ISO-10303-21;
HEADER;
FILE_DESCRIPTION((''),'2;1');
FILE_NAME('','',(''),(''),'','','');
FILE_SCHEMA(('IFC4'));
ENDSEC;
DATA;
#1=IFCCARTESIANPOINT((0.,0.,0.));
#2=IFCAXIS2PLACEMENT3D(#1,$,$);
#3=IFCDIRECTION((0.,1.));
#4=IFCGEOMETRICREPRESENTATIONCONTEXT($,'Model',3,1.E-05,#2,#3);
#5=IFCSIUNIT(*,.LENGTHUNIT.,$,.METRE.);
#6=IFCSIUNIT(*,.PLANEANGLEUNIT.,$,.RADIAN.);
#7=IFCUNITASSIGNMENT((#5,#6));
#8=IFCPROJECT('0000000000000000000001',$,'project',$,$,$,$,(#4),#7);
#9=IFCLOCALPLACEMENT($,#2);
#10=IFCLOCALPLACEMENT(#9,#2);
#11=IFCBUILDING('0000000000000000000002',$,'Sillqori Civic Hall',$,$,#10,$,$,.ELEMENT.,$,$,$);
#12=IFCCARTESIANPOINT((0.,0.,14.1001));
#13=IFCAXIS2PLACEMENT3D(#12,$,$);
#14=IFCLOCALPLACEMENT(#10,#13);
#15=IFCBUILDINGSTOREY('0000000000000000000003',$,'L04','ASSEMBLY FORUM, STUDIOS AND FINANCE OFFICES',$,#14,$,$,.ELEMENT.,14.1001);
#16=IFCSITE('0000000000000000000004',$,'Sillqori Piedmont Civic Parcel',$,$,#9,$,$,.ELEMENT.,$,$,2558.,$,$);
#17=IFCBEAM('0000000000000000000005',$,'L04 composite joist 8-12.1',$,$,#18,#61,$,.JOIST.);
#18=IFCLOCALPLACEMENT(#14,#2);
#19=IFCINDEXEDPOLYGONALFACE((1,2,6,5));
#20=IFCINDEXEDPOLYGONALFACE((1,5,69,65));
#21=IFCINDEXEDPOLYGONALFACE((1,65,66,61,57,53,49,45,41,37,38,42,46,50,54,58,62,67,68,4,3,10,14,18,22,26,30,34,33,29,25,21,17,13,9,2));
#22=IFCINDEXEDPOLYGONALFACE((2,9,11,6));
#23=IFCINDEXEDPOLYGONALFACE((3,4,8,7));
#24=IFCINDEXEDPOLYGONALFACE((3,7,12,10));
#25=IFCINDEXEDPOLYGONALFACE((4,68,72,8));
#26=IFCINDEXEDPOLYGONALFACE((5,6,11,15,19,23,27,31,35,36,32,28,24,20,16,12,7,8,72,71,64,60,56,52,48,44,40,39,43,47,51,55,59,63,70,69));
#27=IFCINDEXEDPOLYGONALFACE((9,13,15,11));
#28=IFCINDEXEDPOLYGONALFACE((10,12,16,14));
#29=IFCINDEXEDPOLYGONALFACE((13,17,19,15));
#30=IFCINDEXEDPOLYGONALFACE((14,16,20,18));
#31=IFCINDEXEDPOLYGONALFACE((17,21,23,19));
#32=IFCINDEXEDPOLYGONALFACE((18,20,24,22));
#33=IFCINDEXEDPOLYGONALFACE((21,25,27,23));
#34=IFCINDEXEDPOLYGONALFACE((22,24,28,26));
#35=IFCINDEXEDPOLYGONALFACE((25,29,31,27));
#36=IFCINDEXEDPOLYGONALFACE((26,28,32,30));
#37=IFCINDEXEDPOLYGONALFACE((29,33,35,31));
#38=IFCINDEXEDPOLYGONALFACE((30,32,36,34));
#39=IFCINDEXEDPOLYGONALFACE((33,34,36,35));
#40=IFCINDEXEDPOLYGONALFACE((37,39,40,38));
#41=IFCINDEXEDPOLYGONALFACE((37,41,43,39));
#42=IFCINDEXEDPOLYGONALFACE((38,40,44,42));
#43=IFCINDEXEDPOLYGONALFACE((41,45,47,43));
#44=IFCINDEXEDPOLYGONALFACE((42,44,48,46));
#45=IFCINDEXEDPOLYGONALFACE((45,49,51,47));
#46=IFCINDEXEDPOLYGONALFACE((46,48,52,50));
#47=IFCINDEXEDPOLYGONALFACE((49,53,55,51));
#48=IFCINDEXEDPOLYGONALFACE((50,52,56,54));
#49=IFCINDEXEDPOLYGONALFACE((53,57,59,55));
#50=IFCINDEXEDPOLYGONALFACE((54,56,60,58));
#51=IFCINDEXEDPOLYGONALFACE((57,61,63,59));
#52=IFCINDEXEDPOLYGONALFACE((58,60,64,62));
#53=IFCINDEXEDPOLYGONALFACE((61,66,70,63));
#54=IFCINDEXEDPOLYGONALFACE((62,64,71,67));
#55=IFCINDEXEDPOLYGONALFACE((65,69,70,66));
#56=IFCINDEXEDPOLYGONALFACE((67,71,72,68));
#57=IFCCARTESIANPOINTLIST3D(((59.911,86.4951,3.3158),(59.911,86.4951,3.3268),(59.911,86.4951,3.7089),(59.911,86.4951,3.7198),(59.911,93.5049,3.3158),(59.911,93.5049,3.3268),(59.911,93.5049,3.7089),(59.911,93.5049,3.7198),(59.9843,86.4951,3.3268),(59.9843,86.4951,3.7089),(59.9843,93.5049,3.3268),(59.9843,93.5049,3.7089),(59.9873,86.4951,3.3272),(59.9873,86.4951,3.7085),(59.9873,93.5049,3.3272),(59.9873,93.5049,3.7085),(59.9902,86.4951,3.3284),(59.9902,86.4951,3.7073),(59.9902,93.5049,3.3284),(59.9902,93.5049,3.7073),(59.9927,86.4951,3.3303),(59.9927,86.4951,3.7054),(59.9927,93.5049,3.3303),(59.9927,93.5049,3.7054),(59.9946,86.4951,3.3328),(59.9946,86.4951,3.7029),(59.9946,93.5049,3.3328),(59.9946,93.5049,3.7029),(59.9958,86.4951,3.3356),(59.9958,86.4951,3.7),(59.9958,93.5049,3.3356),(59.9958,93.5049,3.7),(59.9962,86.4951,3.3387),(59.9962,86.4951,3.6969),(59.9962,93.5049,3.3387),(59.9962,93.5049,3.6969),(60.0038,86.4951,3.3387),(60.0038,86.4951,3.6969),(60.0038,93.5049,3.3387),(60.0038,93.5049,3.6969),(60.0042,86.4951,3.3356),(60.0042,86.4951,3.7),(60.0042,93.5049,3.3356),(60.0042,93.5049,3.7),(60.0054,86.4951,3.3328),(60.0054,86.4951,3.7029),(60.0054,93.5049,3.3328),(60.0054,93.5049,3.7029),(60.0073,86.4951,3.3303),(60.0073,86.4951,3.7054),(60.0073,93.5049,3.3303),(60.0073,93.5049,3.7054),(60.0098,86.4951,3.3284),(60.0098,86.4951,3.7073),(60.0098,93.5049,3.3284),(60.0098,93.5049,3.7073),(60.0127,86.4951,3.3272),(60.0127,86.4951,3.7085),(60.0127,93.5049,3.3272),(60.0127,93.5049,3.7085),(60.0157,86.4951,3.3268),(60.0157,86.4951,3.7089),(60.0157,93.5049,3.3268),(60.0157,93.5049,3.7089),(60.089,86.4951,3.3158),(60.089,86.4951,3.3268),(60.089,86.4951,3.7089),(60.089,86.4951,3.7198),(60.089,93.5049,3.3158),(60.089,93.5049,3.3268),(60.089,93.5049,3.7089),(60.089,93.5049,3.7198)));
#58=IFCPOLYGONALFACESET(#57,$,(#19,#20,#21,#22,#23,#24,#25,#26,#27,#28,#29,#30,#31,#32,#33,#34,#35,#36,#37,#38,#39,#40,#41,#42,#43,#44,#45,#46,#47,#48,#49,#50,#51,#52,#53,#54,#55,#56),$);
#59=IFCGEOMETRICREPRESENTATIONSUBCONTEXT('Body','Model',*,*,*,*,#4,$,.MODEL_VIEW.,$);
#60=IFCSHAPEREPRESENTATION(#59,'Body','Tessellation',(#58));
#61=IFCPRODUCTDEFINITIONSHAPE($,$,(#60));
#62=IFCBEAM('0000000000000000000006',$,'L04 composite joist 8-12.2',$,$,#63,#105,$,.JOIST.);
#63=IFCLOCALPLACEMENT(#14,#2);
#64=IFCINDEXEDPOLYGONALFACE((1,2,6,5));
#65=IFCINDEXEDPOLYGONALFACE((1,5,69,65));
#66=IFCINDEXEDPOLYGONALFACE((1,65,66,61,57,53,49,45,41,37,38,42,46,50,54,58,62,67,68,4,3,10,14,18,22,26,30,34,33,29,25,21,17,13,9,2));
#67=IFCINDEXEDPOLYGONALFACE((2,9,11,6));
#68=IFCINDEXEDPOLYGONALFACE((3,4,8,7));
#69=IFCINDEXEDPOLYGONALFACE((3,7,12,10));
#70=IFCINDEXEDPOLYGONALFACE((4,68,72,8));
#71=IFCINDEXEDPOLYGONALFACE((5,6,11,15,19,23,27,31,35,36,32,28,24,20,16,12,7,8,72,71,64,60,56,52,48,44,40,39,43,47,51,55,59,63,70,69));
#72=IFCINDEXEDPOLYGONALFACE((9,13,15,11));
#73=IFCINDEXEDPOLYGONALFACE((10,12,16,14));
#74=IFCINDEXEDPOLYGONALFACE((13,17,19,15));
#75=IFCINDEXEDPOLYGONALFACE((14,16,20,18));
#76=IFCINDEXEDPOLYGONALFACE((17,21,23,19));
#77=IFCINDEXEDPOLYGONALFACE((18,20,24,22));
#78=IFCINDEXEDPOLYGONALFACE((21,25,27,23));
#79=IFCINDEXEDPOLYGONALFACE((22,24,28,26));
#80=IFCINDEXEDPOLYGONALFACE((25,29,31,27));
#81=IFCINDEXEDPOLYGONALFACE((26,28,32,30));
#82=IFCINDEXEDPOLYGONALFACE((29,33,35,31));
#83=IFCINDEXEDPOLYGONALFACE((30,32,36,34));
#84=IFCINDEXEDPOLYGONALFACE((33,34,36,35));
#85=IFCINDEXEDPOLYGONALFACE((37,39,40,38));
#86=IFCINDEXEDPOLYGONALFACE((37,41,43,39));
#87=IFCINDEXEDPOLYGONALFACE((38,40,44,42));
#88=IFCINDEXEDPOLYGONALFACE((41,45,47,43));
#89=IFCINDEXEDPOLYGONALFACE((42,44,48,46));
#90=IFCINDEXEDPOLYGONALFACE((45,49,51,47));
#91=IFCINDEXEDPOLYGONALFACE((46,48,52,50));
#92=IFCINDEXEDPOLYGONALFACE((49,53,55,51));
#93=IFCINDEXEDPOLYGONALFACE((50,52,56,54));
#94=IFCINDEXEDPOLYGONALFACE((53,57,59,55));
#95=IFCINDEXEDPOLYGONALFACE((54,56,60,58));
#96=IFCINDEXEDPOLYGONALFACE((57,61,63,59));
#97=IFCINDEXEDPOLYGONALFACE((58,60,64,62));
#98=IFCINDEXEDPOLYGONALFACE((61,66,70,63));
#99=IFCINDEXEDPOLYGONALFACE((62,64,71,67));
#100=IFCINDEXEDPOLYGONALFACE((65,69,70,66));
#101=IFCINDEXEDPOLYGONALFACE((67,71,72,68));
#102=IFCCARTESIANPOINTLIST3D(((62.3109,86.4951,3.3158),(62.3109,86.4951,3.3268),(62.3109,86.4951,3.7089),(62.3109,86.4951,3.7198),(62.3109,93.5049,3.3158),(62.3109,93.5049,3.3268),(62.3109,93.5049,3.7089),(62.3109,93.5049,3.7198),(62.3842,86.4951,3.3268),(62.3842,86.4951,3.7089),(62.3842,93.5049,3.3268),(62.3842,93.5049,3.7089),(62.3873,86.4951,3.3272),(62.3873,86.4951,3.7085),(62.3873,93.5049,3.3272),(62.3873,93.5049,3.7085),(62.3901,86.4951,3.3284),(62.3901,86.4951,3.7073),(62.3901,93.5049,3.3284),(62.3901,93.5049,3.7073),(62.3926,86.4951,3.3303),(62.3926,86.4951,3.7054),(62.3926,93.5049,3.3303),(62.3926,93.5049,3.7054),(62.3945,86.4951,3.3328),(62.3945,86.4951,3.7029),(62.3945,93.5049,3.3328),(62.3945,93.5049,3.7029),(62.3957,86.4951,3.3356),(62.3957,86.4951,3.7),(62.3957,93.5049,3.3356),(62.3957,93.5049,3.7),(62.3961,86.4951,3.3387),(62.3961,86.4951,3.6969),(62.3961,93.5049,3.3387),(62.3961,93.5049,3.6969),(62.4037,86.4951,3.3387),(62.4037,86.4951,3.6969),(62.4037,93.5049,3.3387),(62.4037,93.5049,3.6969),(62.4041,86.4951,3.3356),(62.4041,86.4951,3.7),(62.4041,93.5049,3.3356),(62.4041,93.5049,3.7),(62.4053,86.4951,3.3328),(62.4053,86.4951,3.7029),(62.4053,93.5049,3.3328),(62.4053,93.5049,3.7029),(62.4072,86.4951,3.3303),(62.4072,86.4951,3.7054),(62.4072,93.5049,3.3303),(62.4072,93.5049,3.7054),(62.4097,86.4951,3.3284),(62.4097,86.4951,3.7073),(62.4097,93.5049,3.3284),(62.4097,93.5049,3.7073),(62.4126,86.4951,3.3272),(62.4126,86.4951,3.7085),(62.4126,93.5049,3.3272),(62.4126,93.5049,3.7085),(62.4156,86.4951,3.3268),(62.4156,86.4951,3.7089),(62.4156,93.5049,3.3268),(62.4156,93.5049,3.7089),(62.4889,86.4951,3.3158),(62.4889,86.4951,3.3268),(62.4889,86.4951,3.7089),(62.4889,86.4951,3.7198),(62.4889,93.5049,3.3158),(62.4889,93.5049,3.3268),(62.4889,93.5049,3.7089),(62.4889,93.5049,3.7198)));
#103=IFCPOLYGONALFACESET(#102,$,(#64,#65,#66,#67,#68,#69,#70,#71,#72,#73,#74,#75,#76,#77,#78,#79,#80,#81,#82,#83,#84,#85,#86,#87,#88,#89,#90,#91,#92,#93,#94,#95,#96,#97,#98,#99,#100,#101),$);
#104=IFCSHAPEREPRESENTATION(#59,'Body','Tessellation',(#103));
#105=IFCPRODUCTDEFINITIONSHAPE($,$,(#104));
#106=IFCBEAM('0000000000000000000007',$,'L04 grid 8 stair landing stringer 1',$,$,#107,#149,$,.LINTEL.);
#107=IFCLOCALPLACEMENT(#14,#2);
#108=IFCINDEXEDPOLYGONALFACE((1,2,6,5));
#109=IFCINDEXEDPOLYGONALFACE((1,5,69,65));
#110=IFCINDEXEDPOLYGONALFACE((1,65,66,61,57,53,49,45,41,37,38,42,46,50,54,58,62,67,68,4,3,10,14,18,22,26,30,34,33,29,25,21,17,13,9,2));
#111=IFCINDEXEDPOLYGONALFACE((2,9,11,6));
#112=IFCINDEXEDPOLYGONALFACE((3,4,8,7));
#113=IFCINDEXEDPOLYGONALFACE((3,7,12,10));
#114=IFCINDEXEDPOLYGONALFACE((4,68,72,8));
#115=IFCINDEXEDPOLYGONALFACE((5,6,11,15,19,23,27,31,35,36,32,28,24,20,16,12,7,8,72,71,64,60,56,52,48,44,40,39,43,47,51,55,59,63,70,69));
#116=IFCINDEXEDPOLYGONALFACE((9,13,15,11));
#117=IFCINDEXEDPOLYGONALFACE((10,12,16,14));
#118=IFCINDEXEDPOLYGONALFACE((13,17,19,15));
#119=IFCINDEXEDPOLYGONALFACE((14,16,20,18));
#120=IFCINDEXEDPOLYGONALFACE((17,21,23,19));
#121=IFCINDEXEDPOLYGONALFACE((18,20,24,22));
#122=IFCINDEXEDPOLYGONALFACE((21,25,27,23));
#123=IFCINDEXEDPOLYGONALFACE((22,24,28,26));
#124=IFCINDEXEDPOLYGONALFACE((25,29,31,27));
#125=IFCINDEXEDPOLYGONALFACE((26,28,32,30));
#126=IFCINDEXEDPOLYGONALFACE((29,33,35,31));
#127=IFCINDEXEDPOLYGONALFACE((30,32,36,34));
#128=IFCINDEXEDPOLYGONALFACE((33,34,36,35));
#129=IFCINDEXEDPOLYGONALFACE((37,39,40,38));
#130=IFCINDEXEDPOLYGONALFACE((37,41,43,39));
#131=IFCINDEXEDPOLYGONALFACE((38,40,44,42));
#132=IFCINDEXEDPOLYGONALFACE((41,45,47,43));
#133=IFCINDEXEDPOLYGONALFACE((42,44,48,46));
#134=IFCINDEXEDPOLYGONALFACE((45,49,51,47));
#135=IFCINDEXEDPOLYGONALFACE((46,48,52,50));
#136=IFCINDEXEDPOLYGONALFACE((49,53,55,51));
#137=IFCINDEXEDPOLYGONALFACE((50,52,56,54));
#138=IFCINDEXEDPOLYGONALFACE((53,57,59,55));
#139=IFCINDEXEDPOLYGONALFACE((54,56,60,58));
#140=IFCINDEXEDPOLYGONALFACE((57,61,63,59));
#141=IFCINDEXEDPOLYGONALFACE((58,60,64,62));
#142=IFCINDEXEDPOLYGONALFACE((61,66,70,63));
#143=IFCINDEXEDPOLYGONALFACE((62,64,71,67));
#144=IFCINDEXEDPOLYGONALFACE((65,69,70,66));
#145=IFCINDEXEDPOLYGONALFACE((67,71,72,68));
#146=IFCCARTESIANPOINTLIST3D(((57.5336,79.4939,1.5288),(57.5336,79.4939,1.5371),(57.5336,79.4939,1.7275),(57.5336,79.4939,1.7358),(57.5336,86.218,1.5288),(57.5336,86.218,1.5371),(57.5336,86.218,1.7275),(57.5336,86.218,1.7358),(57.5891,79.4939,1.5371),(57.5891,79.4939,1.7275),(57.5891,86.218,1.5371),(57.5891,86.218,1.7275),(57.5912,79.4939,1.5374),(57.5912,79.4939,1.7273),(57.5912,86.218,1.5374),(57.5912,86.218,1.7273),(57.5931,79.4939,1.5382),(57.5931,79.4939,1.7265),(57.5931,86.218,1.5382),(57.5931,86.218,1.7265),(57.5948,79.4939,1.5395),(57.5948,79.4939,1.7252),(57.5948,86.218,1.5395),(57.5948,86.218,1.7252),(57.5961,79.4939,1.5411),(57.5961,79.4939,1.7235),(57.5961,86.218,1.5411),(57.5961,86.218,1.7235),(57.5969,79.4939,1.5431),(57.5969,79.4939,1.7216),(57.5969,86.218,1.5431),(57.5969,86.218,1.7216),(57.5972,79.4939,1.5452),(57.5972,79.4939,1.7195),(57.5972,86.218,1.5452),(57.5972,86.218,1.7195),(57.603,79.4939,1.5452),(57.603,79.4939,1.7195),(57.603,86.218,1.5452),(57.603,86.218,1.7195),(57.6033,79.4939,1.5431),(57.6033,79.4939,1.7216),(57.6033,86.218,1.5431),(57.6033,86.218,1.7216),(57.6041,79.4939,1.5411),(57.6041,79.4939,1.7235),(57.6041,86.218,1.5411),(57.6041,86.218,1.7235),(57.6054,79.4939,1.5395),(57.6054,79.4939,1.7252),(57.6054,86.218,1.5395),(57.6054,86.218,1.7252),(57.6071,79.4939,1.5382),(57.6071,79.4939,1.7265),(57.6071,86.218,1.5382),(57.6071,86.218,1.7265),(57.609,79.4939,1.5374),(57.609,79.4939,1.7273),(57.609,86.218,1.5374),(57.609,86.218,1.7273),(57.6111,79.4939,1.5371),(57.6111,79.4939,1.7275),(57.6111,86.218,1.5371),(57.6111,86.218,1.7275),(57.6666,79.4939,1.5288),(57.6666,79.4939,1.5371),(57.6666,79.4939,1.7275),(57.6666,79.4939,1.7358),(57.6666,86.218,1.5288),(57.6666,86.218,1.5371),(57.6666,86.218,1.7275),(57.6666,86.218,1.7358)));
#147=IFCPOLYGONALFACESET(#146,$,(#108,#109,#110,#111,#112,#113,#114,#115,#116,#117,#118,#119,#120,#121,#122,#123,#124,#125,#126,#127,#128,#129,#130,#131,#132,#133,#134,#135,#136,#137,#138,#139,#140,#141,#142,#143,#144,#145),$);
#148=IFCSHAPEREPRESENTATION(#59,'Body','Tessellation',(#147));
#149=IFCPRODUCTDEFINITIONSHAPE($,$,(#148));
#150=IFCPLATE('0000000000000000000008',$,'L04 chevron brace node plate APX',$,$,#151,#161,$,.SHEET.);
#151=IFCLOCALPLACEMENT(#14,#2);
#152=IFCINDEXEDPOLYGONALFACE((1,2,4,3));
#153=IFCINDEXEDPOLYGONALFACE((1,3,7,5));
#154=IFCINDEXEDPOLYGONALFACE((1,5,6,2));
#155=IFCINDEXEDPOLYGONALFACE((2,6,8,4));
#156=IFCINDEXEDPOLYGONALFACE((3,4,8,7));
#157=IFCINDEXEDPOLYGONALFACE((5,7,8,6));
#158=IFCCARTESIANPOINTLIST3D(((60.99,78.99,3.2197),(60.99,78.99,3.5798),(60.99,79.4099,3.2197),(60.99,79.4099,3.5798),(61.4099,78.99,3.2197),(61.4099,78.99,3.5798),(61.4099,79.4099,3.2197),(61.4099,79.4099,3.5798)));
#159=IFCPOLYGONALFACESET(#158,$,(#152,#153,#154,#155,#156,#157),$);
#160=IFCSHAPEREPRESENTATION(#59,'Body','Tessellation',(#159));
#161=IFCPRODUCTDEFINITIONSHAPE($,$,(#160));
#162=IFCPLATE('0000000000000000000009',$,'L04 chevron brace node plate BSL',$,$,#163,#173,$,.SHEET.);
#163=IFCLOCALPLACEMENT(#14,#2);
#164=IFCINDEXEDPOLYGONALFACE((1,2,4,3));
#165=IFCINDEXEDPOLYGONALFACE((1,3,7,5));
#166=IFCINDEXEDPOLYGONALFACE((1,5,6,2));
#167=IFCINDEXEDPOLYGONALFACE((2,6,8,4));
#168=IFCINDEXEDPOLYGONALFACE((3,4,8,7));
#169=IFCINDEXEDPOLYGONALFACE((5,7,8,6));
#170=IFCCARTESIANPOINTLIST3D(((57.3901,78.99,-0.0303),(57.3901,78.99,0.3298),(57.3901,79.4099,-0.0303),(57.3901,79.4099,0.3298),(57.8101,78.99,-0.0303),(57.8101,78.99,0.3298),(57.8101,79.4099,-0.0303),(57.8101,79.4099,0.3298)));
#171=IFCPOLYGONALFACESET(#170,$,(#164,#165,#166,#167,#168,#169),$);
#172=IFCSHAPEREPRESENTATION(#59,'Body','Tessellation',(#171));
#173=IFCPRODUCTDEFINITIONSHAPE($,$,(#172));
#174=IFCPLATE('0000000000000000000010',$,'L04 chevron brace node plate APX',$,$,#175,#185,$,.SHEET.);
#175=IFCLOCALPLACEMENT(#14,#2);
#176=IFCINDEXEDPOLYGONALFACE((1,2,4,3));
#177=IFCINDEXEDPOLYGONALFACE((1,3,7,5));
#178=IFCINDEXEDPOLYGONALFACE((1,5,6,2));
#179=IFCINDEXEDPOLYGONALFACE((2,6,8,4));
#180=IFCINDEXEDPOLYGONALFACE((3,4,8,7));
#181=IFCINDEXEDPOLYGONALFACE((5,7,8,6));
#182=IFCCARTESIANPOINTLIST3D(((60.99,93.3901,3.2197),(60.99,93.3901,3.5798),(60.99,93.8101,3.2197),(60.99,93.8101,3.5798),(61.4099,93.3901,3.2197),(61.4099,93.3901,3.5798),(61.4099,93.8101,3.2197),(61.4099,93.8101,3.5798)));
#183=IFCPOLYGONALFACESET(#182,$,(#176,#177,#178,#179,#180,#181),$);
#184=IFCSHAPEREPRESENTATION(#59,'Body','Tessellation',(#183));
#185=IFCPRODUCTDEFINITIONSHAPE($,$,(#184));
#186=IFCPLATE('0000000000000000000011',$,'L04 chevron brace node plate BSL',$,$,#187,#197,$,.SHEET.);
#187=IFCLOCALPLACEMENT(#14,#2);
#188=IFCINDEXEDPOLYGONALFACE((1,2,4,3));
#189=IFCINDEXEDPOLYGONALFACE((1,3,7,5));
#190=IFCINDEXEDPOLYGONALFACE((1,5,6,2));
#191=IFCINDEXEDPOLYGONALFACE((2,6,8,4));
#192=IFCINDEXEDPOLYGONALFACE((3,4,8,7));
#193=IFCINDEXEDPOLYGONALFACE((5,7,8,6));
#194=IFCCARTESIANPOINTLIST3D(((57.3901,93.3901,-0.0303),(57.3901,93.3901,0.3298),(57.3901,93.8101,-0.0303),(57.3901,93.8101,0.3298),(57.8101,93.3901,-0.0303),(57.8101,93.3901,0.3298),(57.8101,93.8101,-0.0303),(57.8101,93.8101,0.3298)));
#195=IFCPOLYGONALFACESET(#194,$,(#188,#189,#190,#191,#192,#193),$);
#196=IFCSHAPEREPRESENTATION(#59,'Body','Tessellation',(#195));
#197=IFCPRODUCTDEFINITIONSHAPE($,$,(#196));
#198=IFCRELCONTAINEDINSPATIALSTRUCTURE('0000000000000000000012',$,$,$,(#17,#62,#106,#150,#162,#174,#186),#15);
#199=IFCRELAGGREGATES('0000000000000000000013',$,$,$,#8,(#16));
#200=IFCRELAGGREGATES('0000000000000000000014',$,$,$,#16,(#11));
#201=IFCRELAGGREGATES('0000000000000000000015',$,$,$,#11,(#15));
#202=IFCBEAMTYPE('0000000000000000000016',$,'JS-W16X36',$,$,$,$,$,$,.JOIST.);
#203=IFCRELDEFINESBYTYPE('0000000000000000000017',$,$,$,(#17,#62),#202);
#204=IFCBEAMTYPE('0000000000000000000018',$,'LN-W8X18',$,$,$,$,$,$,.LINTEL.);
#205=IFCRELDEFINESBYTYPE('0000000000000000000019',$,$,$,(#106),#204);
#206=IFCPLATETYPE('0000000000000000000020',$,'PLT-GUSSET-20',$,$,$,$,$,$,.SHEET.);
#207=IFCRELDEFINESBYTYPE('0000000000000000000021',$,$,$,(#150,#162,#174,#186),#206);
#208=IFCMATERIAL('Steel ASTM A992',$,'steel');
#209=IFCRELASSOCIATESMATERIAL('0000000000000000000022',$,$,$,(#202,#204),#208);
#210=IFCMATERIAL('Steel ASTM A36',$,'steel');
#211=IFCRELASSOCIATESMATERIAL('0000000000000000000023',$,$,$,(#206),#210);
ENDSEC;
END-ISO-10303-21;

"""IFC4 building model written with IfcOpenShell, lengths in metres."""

from ifc_helpers import new_model, si_unit, direction, frame, origin, origin_2d, place, context, subcontext, project, spatial, rectangle, i_section, extrude, material, material_profile, profile_set, type_object, element, save


model = new_model("IFC4")

# Units and contexts
model_context = context("Model", 3, precision=1e-05, world=origin(), true_north=direction((0.0, 1.0)))
body_context = subcontext(model_context, "Body", "Model", "MODEL_VIEW")
ifc_project = project(units=[si_unit("LENGTHUNIT", "METRE"), si_unit("PLANEANGLEUNIT", "RADIAN")], contexts=[model_context])

# Site, building, storey
site_placement = place(None, origin())
site = spatial("IfcSite", under=ifc_project, at=site_placement, Name="Sillqori Piedmont Civic Parcel", CompositionType="ELEMENT", RefElevation=2558.0)
building_placement = place(site_placement, origin())
building = spatial("IfcBuilding", under=site, at=building_placement, Name="Sillqori Civic Hall", CompositionType="ELEMENT")
storey_placement = place(building_placement, frame((0.0, 0.0, 14.1001)))
storey = spatial("IfcBuildingStorey", under=building, at=storey_placement, Name="L04", Description="ASSEMBLY FORUM, STUDIOS AND FINANCE OFFICES", CompositionType="ELEMENT", Elevation=14.1001)

# Shared definitions
ifc_material_1 = material(Name="Steel ASTM A992", Category="steel")

# Beams
ifc_material_profile_1 = material_profile(ifc_material_1, i_section(OverallWidth=0.178, OverallDepth=0.4041, WebThickness=0.0076, FlangeThickness=0.011, FilletRadius=0.012, at=origin_2d()), Name="W16X36")
ifc_profile_set_1 = profile_set([ifc_material_profile_1], Name="Steel ASTM A992")
beam_type_1 = type_object("IfcBeamType", Name="JS-W16X36", PredefinedType="JOIST", material=ifc_profile_set_1)
for number, where, z_axis, x_axis, name in (
    (1, (60.0, 86.4951, 3.5178), (0.0, 1.0, 0.0), (-1.0, 0.0, 0.0), "L04 composite joist 8-12.1"),
    (2, (62.3999, 86.4951, 3.5178), (0.0, 1.0, 0.0), (-1.0, 0.0, 0.0), "L04 composite joist 8-12.2"),
):
    element("IfcBeam", number, at=place(storey_placement, frame(where, z_axis=z_axis, x_axis=x_axis)), inside=storey, type_object=beam_type_1, Name=name, PredefinedType="JOIST", context=body_context, shape_type="SweptSolid", body=[
        extrude(i_section(OverallWidth=0.178, OverallDepth=0.4041, WebThickness=0.0076, FlangeThickness=0.011, FilletRadius=0.012, at=origin_2d()), origin(), (0.0, 0.0, 1.0), 7.0098),
    ])
ifc_material_profile_2 = material_profile(ifc_material_1, i_section(OverallWidth=0.1331, OverallDepth=0.207, WebThickness=0.0059, FlangeThickness=0.0083, FilletRadius=0.0081, at=origin_2d()), Name="W8X18")
ifc_profile_set_2 = profile_set([ifc_material_profile_2], Name="Steel ASTM A992")
beam_type_2 = type_object("IfcBeamType", Name="LN-W8X18", PredefinedType="LINTEL", material=ifc_profile_set_2)
beam_1_placement = place(storey_placement, frame((57.6001, 79.4939, 1.6323), z_axis=(0.0, 1.0, 0.0), x_axis=(-1.0, 0.0, 0.0)))
element("IfcBeam", 3, at=beam_1_placement, inside=storey, type_object=beam_type_2, Name="L04 grid 8 stair landing stringer 1", PredefinedType="LINTEL", context=body_context, shape_type="SweptSolid", body=[
    extrude(i_section(OverallWidth=0.1331, OverallDepth=0.207, WebThickness=0.0059, FlangeThickness=0.0083, FilletRadius=0.0081, at=origin_2d()), origin(), (0.0, 0.0, 1.0), 6.7241),
])

# Plates
ifc_material_2 = material(Name="Steel ASTM A36", Category="steel")
plate_type = type_object("IfcPlateType", Name="PLT-GUSSET-20", PredefinedType="SHEET", material=ifc_material_2)
for number, where, z_axis, x_axis, name in (
    (4, (61.2, 79.2, 3.2197), (0.0, 0.0, 1.0), (1.0, 0.0, 0.0), "L04 chevron brace node plate APX"),
    (5, (57.6001, 79.2, -0.0303), (0.0, 0.0, 1.0), (1.0, 0.0, 0.0), "L04 chevron brace node plate BSL"),
    (6, (61.2, 93.6001, 3.2197), (0.0, 0.0, 1.0), (1.0, 0.0, 0.0), "L04 chevron brace node plate APX"),
    (7, (57.6001, 93.6001, -0.0303), (0.0, 0.0, 1.0), (1.0, 0.0, 0.0), "L04 chevron brace node plate BSL"),
):
    element("IfcPlate", number, at=place(storey_placement, frame(where, z_axis=z_axis, x_axis=x_axis)), inside=storey, type_object=plate_type, Name=name, PredefinedType="SHEET", context=body_context, shape_type="SweptSolid", body=[
        extrude(rectangle(XDim=0.4199, YDim=0.4199, at=origin_2d()), origin(), (0.0, 0.0, 1.0), 0.3601),
    ])

save(model, "model.ifc")
